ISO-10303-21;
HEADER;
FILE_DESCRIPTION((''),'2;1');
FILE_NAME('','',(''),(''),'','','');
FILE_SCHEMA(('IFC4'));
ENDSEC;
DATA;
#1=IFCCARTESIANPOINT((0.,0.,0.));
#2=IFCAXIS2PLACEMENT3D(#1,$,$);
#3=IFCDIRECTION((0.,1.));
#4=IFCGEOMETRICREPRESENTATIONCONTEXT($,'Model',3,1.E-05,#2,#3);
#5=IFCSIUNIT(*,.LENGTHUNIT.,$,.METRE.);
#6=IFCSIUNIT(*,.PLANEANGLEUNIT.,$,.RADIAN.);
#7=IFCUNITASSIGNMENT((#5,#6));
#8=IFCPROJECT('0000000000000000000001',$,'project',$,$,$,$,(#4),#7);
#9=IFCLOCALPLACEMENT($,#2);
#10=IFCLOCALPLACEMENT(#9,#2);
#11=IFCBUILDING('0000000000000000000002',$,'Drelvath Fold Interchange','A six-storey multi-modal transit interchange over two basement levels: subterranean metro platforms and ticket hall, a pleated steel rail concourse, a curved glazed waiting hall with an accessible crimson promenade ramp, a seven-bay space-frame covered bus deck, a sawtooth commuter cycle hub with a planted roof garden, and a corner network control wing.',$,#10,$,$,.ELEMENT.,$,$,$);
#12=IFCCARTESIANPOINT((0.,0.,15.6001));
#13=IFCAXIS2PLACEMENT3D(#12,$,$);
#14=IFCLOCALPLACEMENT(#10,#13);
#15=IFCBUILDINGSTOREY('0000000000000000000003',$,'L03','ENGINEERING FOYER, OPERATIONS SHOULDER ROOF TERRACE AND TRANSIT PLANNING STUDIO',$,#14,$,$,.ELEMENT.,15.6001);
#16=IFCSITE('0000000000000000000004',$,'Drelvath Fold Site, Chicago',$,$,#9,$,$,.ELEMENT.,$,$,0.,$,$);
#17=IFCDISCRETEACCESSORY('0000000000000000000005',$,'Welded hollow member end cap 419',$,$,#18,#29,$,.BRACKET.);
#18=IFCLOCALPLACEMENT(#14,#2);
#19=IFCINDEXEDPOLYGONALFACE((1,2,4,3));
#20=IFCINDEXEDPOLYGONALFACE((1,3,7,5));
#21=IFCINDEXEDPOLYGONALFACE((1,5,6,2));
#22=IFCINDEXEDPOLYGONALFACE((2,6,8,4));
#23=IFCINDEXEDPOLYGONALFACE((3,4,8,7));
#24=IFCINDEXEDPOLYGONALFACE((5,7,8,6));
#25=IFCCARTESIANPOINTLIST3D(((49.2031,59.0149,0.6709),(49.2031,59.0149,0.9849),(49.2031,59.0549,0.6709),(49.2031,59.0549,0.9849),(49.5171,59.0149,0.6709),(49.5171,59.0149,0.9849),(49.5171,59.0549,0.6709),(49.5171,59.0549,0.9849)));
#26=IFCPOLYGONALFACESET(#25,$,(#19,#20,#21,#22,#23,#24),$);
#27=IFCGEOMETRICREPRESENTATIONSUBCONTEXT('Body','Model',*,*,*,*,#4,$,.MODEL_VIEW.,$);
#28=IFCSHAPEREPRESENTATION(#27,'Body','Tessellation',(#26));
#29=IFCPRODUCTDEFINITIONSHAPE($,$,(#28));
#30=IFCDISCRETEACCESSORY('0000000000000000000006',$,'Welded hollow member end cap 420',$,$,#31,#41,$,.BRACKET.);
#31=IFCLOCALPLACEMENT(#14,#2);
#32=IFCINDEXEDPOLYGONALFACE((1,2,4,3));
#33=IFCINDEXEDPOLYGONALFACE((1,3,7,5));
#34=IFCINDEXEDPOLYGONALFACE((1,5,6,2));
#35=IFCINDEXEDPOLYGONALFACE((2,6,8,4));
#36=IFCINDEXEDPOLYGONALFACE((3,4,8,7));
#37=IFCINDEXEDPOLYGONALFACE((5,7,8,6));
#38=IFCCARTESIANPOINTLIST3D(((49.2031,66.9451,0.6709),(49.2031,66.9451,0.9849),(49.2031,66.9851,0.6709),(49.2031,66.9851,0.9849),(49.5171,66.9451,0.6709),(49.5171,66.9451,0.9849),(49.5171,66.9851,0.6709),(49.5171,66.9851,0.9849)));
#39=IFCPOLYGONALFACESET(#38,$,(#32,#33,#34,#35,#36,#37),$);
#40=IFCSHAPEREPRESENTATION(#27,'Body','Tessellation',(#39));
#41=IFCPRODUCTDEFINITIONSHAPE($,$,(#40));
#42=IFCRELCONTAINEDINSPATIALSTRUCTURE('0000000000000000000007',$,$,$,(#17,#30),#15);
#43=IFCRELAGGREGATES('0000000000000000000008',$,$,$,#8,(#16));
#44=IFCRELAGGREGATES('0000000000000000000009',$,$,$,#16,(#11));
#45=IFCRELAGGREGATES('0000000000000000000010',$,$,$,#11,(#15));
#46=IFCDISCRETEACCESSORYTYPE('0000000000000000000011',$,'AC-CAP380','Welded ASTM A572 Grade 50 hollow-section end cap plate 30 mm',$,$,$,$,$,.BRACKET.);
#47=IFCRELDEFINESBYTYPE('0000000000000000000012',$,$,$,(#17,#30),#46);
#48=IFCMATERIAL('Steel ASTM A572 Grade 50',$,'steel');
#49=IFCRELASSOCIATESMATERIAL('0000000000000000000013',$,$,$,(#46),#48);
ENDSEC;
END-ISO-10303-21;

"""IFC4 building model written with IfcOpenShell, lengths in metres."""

from ifc_helpers import new_model, si_unit, direction, frame, origin, origin_2d, place, context, subcontext, project, spatial, rectangle, extrude, material, type_object, element, save


model = new_model("IFC4")

# Units and contexts
model_context = context("Model", 3, precision=1e-05, world=origin(), true_north=direction((0.0, 1.0)))
body_context = subcontext(model_context, "Body", "Model", "MODEL_VIEW")
ifc_project = project(units=[si_unit("LENGTHUNIT", "METRE"), si_unit("PLANEANGLEUNIT", "RADIAN")], contexts=[model_context])

# Site, building, storey
site_placement = place(None, origin())
site = spatial("IfcSite", under=ifc_project, at=site_placement, Name="Drelvath Fold Site, Chicago", CompositionType="ELEMENT", RefElevation=0.0)
building_placement = place(site_placement, origin())
building = spatial("IfcBuilding", under=site, at=building_placement, Name="Drelvath Fold Interchange", Description="A six-storey multi-modal transit interchange over two basement levels: subterranean metro platforms and ticket hall, a pleated steel rail concourse, a curved glazed waiting hall with an accessible crimson promenade ramp, a seven-bay space-frame covered bus deck, a sawtooth commuter cycle hub with a planted roof garden, and a corner network control wing.", CompositionType="ELEMENT")
storey_placement = place(building_placement, frame((0.0, 0.0, 15.6001)))
storey = spatial("IfcBuildingStorey", under=building, at=storey_placement, Name="L03", Description="ENGINEERING FOYER, OPERATIONS SHOULDER ROOF TERRACE AND TRANSIT PLANNING STUDIO", CompositionType="ELEMENT", Elevation=15.6001)

# Discrete accessories
ifc_material_1 = material(Name="Steel ASTM A572 Grade 50", Category="steel")
discrete_accessory_type = type_object("IfcDiscreteAccessoryType", Name="AC-CAP380", Description="Welded ASTM A572 Grade 50 hollow-section end cap plate 30 mm", PredefinedType="BRACKET", material=ifc_material_1)
for number, where, z_axis, x_axis, name in (
    (1, (49.3601, 59.0349, 0.6709), (0.0, 0.0, 1.0), (1.0, 0.0, 0.0), "Welded hollow member end cap 419"),
    (2, (49.3601, 66.9651, 0.6709), (0.0, 0.0, 1.0), (1.0, 0.0, 0.0), "Welded hollow member end cap 420"),
):
    element("IfcDiscreteAccessory", number, at=place(storey_placement, frame(where, z_axis=z_axis, x_axis=x_axis)), inside=storey, type_object=discrete_accessory_type, Name=name, PredefinedType="BRACKET", context=body_context, shape_type="SweptSolid", body=[
        extrude(rectangle(XDim=0.314, YDim=0.04, at=origin_2d()), origin(), (0.0, 0.0, 1.0), 0.314),
    ])

save(model, "model.ifc")
